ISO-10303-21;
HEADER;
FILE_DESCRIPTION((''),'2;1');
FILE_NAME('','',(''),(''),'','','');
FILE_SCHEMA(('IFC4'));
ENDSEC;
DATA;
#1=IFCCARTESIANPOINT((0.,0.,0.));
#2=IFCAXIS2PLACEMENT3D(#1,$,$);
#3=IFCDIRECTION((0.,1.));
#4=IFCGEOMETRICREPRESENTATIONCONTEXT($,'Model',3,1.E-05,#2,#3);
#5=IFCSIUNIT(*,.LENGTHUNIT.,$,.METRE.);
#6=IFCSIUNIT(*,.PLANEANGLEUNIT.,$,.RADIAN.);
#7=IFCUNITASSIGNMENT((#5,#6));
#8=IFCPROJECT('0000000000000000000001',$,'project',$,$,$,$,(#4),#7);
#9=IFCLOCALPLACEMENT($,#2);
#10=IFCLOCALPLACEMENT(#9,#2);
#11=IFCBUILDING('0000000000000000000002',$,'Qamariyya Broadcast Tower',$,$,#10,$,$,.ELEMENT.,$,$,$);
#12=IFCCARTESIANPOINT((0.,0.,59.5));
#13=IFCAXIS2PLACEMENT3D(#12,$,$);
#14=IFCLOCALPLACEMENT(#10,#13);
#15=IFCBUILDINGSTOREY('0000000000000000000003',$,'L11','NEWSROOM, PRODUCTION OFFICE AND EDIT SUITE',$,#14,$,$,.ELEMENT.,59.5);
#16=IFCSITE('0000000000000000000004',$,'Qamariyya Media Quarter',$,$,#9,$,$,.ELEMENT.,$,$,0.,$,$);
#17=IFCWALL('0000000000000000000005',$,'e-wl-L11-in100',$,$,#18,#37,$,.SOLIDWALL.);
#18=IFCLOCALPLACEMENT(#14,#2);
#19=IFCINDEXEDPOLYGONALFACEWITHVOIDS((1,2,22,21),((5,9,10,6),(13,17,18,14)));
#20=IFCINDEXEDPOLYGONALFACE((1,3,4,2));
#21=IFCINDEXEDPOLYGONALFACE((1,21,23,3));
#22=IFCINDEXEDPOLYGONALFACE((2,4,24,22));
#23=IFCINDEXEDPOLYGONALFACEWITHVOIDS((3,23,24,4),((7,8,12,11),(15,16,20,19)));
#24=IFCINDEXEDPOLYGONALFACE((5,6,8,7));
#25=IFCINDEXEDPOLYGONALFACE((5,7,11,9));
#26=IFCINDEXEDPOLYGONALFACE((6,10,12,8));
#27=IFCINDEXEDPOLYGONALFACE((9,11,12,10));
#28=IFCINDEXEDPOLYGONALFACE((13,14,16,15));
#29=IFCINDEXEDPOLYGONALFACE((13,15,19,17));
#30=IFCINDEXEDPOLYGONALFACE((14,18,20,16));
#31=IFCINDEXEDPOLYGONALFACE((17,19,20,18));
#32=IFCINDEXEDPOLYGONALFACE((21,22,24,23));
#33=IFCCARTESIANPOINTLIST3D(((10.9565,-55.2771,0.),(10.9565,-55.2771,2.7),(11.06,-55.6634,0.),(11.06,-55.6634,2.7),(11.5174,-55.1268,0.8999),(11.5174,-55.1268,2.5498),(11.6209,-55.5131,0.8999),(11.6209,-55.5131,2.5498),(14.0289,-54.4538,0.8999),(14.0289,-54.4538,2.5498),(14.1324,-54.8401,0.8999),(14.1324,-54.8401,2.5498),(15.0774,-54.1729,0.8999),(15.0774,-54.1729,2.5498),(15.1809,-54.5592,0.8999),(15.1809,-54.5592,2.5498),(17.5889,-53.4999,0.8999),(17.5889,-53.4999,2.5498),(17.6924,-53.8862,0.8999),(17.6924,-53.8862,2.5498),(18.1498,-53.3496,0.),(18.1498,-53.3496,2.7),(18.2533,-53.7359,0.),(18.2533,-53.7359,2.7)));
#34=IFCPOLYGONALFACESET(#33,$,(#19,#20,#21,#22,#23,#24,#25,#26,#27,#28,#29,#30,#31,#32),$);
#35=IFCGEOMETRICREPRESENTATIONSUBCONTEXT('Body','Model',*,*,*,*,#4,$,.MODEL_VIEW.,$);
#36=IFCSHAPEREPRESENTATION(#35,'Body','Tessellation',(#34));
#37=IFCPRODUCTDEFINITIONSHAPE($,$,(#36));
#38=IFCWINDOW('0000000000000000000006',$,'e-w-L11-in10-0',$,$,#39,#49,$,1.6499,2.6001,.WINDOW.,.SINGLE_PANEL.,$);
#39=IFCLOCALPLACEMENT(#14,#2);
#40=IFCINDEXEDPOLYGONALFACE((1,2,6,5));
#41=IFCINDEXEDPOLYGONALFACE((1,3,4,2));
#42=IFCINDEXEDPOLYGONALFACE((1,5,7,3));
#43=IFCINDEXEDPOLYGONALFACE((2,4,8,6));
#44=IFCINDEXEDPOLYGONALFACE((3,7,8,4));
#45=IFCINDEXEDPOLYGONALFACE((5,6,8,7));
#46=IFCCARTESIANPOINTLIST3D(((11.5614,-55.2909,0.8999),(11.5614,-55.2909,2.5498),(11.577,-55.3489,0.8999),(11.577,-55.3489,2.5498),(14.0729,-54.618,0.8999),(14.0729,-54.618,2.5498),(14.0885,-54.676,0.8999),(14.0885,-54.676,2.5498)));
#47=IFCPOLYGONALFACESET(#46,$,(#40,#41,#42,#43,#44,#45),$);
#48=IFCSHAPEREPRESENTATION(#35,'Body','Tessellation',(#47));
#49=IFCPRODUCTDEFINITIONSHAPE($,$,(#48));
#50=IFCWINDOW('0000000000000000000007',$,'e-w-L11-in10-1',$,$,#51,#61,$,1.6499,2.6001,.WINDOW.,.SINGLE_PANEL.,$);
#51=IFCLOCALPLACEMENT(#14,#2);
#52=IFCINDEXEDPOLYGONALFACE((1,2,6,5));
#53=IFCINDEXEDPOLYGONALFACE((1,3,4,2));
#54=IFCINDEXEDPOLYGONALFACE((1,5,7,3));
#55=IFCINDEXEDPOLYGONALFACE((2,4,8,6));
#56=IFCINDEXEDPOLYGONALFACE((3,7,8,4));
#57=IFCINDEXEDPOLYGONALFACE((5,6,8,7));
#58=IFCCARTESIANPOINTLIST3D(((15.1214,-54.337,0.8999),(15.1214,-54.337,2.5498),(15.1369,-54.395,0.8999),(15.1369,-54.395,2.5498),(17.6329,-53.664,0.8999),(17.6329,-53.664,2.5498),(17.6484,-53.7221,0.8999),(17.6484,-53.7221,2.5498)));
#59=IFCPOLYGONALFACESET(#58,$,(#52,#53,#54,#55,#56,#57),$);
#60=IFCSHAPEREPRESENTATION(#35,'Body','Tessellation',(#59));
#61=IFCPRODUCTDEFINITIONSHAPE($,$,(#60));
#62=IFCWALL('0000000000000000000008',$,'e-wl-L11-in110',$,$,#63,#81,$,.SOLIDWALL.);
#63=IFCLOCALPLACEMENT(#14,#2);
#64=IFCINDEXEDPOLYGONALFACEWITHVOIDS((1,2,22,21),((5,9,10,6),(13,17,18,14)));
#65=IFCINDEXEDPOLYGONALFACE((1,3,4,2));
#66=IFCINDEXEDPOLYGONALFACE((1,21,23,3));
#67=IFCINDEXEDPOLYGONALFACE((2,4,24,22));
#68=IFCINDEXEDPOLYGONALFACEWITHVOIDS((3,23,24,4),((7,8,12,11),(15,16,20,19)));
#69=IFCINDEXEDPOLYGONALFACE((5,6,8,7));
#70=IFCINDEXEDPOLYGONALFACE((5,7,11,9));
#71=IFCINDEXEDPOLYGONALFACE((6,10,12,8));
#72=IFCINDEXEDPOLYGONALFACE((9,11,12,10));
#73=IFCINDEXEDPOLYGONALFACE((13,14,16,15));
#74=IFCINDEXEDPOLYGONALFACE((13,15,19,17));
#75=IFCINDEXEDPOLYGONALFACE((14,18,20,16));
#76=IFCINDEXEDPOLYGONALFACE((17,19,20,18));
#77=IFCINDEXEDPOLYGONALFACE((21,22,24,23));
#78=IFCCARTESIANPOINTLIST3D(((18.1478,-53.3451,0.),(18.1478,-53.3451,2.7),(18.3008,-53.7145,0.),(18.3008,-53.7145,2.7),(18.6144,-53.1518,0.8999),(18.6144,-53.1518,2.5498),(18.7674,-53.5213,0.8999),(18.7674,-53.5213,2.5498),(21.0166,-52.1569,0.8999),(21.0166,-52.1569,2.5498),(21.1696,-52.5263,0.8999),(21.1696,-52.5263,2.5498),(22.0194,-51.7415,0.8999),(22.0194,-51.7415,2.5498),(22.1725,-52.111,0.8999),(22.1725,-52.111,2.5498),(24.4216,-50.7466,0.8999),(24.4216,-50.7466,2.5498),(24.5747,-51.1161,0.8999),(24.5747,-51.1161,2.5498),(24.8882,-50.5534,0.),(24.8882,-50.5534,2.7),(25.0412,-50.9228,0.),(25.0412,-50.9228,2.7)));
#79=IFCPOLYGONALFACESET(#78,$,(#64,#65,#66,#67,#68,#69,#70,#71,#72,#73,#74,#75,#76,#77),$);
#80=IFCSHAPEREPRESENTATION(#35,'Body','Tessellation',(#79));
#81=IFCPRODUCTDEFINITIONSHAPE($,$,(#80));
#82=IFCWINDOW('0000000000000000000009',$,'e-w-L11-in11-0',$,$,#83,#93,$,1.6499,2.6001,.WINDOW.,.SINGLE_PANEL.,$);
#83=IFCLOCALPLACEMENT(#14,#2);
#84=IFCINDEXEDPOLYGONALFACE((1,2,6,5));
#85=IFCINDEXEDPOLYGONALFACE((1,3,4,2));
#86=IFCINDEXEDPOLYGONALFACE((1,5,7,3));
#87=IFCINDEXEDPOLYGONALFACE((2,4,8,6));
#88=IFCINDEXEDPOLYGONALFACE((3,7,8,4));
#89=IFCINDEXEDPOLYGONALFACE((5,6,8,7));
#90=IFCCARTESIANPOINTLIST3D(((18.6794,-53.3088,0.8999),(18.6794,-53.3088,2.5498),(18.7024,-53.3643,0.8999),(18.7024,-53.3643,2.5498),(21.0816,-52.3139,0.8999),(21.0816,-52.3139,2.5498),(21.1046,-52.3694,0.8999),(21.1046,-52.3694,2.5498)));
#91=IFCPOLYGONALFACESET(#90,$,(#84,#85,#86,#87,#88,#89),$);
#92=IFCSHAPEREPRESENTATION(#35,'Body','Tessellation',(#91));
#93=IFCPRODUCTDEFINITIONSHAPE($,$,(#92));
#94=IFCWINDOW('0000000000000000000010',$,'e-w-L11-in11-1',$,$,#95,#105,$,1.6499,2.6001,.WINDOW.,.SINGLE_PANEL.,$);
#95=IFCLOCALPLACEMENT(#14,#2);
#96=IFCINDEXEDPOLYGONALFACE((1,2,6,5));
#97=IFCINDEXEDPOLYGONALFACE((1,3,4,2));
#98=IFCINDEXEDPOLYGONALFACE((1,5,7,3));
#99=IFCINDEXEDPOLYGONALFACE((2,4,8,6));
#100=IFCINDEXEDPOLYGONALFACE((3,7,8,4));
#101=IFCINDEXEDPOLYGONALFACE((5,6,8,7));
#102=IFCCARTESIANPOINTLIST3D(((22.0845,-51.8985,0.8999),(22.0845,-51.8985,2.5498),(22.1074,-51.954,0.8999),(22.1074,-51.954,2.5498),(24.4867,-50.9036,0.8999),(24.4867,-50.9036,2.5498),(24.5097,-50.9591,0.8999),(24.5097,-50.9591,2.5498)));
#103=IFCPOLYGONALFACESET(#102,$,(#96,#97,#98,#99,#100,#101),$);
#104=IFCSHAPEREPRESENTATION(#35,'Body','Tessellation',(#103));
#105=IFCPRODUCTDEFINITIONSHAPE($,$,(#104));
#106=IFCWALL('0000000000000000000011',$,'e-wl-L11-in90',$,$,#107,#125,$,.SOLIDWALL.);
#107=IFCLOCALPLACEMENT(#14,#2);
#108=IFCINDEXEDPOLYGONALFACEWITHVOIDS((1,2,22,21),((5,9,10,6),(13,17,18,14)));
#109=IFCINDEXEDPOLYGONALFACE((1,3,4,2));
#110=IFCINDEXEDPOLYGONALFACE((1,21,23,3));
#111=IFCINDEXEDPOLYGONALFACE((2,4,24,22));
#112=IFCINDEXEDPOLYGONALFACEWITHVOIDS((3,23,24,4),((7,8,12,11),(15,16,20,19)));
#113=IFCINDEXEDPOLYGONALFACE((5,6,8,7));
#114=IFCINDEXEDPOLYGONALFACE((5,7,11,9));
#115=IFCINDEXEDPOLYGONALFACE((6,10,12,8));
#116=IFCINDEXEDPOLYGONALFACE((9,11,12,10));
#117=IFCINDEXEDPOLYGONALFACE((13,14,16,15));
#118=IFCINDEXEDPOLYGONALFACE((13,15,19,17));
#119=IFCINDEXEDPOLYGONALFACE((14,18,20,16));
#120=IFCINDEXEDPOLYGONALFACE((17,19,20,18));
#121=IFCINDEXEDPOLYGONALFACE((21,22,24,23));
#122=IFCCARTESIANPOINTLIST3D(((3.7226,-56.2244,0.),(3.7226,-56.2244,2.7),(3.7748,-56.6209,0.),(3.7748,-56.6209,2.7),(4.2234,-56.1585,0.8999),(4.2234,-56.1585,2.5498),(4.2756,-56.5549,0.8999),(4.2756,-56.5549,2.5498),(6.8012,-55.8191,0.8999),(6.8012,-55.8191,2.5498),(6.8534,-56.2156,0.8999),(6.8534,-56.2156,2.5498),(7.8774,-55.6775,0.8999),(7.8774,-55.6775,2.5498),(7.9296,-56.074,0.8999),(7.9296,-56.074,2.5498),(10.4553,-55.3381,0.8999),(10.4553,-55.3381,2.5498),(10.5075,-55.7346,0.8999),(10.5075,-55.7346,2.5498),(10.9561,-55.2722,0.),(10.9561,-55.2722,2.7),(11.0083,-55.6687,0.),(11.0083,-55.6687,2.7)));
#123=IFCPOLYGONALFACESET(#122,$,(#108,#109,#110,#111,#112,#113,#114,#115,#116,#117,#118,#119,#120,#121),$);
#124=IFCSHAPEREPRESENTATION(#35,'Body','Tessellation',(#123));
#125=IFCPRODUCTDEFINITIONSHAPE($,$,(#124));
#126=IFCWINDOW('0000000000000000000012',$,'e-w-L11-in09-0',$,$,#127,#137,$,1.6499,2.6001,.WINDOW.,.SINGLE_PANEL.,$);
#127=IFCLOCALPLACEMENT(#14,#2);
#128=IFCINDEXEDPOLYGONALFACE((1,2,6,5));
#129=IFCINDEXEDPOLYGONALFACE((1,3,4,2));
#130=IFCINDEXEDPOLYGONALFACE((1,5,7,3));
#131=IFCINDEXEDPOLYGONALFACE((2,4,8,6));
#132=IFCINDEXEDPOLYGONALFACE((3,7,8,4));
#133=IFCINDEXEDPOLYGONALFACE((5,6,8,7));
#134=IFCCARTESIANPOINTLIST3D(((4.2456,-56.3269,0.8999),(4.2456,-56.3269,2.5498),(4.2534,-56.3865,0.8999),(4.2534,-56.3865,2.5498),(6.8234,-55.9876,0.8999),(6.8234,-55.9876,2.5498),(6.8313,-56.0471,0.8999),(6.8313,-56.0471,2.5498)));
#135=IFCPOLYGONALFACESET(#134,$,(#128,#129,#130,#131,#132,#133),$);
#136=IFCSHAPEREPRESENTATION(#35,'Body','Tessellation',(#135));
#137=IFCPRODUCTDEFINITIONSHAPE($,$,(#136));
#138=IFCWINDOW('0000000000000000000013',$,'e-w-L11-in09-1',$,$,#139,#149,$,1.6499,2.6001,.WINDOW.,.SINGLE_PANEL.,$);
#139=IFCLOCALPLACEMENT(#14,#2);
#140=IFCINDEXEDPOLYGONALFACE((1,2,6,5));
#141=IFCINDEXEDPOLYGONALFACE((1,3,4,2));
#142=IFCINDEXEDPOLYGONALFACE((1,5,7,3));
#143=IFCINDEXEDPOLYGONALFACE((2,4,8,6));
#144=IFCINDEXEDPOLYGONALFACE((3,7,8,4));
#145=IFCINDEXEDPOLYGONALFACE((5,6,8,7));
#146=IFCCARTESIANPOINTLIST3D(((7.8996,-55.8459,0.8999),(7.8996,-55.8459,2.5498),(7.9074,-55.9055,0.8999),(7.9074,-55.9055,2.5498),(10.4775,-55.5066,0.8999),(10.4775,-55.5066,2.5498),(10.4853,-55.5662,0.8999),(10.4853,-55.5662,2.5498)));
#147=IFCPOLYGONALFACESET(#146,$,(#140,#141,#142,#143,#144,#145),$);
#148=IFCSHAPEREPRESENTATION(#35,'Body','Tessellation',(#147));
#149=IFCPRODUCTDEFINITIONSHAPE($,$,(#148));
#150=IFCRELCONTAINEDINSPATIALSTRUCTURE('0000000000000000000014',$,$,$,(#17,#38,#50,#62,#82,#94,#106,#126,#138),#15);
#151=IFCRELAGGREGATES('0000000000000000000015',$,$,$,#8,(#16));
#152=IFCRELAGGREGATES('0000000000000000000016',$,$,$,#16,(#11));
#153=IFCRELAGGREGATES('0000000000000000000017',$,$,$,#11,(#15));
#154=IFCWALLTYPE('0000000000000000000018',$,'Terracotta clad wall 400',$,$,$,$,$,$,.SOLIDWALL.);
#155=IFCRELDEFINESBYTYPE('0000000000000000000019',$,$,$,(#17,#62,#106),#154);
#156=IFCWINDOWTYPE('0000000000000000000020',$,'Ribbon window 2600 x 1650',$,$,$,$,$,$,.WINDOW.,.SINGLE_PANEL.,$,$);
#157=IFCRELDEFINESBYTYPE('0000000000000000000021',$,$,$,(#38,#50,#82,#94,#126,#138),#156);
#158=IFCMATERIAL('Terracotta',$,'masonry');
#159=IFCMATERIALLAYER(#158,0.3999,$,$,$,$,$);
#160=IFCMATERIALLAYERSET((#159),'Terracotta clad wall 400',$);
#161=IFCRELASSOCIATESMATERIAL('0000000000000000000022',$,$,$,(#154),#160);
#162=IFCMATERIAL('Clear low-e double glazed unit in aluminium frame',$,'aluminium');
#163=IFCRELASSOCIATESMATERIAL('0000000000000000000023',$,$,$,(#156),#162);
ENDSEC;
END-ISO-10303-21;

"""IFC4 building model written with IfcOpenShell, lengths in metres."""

from ifc_helpers import new_model, si_unit, direction, frame, frame_2d, origin, place, context, subcontext, project, spatial, rectangle, extrude, material, layer, layer_set, type_object, element, fill, save


model = new_model("IFC4")

# Units and contexts
model_context = context("Model", 3, precision=1e-05, world=origin(), true_north=direction((0.0, 1.0)))
body_context = subcontext(model_context, "Body", "Model", "MODEL_VIEW")
ifc_project = project(units=[si_unit("LENGTHUNIT", "METRE"), si_unit("PLANEANGLEUNIT", "RADIAN")], contexts=[model_context])

# Site, building, storey
site_placement = place(None, origin())
site = spatial("IfcSite", under=ifc_project, at=site_placement, Name="Qamariyya Media Quarter", CompositionType="ELEMENT", RefElevation=0.0)
building_placement = place(site_placement, origin())
building = spatial("IfcBuilding", under=site, at=building_placement, Name="Qamariyya Broadcast Tower", CompositionType="ELEMENT")
storey_placement = place(building_placement, frame((0.0, 0.0, 59.5)))
storey = spatial("IfcBuildingStorey", under=building, at=storey_placement, Name="L11", Description="NEWSROOM, PRODUCTION OFFICE AND EDIT SUITE", CompositionType="ELEMENT", Elevation=59.5)

# Walls, openings, windows
ifc_material_1 = material(Name="Terracotta", Category="masonry")
ifc_layer_1 = layer(ifc_material_1, 0.3999)
ifc_layer_set_1 = layer_set([ifc_layer_1], Name="Terracotta clad wall 400")
wall_type_1 = type_object("IfcWallType", Name="Terracotta clad wall 400", PredefinedType="SOLIDWALL", material=ifc_layer_set_1)
wall_1_placement = place(storey_placement, frame((18.2017, -53.5427, 0.0), z_axis=(0.0, 0.0, 1.0), x_axis=(-0.965925, -0.258823, 0.0)))
wall_1 = element("IfcWall", 1, at=wall_1_placement, inside=storey, type_object=wall_type_1, Name="e-wl-L11-in100", PredefinedType="SOLIDWALL", context=body_context, shape_type="SweptSolid", body=[
    extrude(rectangle(XDim=7.447, YDim=0.3999, at=frame_2d((3.7236, 0.0))), origin(), (0.0, 0.0, 1.0), 2.7),
])
opening_1_placement = place(wall_1_placement, frame((4.2664, 0.0, 0.8999)))
opening_1 = element("IfcOpeningElement", 2, at=opening_1_placement, cuts=wall_1, PredefinedType="OPENING", context=body_context, shape_type="SweptSolid", body=[
    extrude(rectangle(XDim=2.6001, YDim=1.6499, at=frame_2d((1.3, 0.825))), frame((0.0, 0.21, 0.0), z_axis=(0.0, -1.0, 0.0), x_axis=(1.0, 0.0, 0.0)), (0.0, 0.0, 1.0), 0.4199),
])
opening_2_placement = place(wall_1_placement, frame((0.5808, 0.0, 0.8999)))
opening_2 = element("IfcOpeningElement", 3, at=opening_2_placement, cuts=wall_1, PredefinedType="OPENING", context=body_context, shape_type="SweptSolid", body=[
    extrude(rectangle(XDim=2.6001, YDim=1.6499, at=frame_2d((1.3, 0.825))), frame((0.0, 0.21, 0.0), z_axis=(0.0, -1.0, 0.0), x_axis=(1.0, 0.0, 0.0)), (0.0, 0.0, 1.0), 0.4199),
])
ifc_material_2 = material(Name="Clear low-e double glazed unit in aluminium frame", Category="aluminium")
window_type = type_object("IfcWindowType", Name="Ribbon window 2600 x 1650", PartitioningType="SINGLE_PANEL", PredefinedType="WINDOW", material=ifc_material_2)
window_1_placement = place(opening_1_placement, origin())
window_1 = element("IfcWindow", 4, at=window_1_placement, inside=storey, type_object=window_type, Name="e-w-L11-in10-0", OverallHeight=1.6499, OverallWidth=2.6001, PartitioningType="SINGLE_PANEL", PredefinedType="WINDOW", context=body_context, shape_type="SweptSolid", body=[
    extrude(rectangle(XDim=2.6001, YDim=1.6499, at=frame_2d((1.3, 0.825))), frame((0.0, 0.03, 0.0), z_axis=(0.0, -1.0, 0.0), x_axis=(1.0, 0.0, 0.0)), (0.0, 0.0, 1.0), 0.0601),
])
fill(opening_1, window_1)
window_2_placement = place(opening_2_placement, origin())
window_2 = element("IfcWindow", 5, at=window_2_placement, inside=storey, type_object=window_type, Name="e-w-L11-in10-1", OverallHeight=1.6499, OverallWidth=2.6001, PartitioningType="SINGLE_PANEL", PredefinedType="WINDOW", context=body_context, shape_type="SweptSolid", body=[
    extrude(rectangle(XDim=2.6001, YDim=1.6499, at=frame_2d((1.3, 0.825))), frame((0.0, 0.03, 0.0), z_axis=(0.0, -1.0, 0.0), x_axis=(1.0, 0.0, 0.0)), (0.0, 0.0, 1.0), 0.0601),
])
fill(opening_2, window_2)
wall_2_placement = place(storey_placement, frame((24.9648, -50.738, 0.0), z_axis=(0.0, 0.0, 1.0), x_axis=(-0.923892, -0.382654, 0.0)))
wall_2 = element("IfcWall", 6, at=wall_2_placement, inside=storey, type_object=wall_type_1, Name="e-wl-L11-in110", PredefinedType="SOLIDWALL", context=body_context, shape_type="SweptSolid", body=[
    extrude(rectangle(XDim=7.2957, YDim=0.3999, at=frame_2d((3.6479, 0.0))), origin(), (0.0, 0.0, 1.0), 2.7),
])
opening_3_placement = place(wall_2_placement, frame((4.1907, 0.0, 0.8999)))
opening_3 = element("IfcOpeningElement", 7, at=opening_3_placement, cuts=wall_2, PredefinedType="OPENING", context=body_context, shape_type="SweptSolid", body=[
    extrude(rectangle(XDim=2.6001, YDim=1.6499, at=frame_2d((1.3, 0.825))), frame((0.0, 0.21, 0.0), z_axis=(0.0, -1.0, 0.0), x_axis=(1.0, 0.0, 0.0)), (0.0, 0.0, 1.0), 0.4199),
])
opening_4_placement = place(wall_2_placement, frame((0.5051, 0.0, 0.8999)))
opening_4 = element("IfcOpeningElement", 8, at=opening_4_placement, cuts=wall_2, PredefinedType="OPENING", context=body_context, shape_type="SweptSolid", body=[
    extrude(rectangle(XDim=2.6001, YDim=1.6499, at=frame_2d((1.3, 0.825))), frame((0.0, 0.21, 0.0), z_axis=(0.0, -1.0, 0.0), x_axis=(1.0, 0.0, 0.0)), (0.0, 0.0, 1.0), 0.4199),
])
window_3_placement = place(opening_3_placement, origin())
window_3 = element("IfcWindow", 9, at=window_3_placement, inside=storey, type_object=window_type, Name="e-w-L11-in11-0", OverallHeight=1.6499, OverallWidth=2.6001, PartitioningType="SINGLE_PANEL", PredefinedType="WINDOW", context=body_context, shape_type="SweptSolid", body=[
    extrude(rectangle(XDim=2.6001, YDim=1.6499, at=frame_2d((1.3, 0.825))), frame((0.0, 0.03, 0.0), z_axis=(0.0, -1.0, 0.0), x_axis=(1.0, 0.0, 0.0)), (0.0, 0.0, 1.0), 0.0601),
])
fill(opening_3, window_3)
window_4_placement = place(opening_4_placement, origin())
window_4 = element("IfcWindow", 10, at=window_4_placement, inside=storey, type_object=window_type, Name="e-w-L11-in11-1", OverallHeight=1.6499, OverallWidth=2.6001, PartitioningType="SINGLE_PANEL", PredefinedType="WINDOW", context=body_context, shape_type="SweptSolid", body=[
    extrude(rectangle(XDim=2.6001, YDim=1.6499, at=frame_2d((1.3, 0.825))), frame((0.0, 0.03, 0.0), z_axis=(0.0, -1.0, 0.0), x_axis=(1.0, 0.0, 0.0)), (0.0, 0.0, 1.0), 0.0601),
])
fill(opening_4, window_4)
wall_3_placement = place(storey_placement, frame((10.9822, -55.4705, 0.0), z_axis=(0.0, 0.0, 1.0), x_axis=(-0.991447, -0.130506, 0.0)))
wall_3 = element("IfcWall", 11, at=wall_3_placement, inside=storey, type_object=wall_type_1, Name="e-wl-L11-in90", PredefinedType="SOLIDWALL", context=body_context, shape_type="SweptSolid", body=[
    extrude(rectangle(XDim=7.2959, YDim=0.3999, at=frame_2d((3.6479, 0.0))), origin(), (0.0, 0.0, 1.0), 2.7),
])
opening_5_placement = place(wall_3_placement, frame((4.1907, 0.0, 0.8999)))
opening_5 = element("IfcOpeningElement", 12, at=opening_5_placement, cuts=wall_3, PredefinedType="OPENING", context=body_context, shape_type="SweptSolid", body=[
    extrude(rectangle(XDim=2.6001, YDim=1.6499, at=frame_2d((1.3, 0.825))), frame((0.0, 0.21, 0.0), z_axis=(0.0, -1.0, 0.0), x_axis=(1.0, 0.0, 0.0)), (0.0, 0.0, 1.0), 0.4199),
])
opening_6_placement = place(wall_3_placement, frame((0.5051, 0.0, 0.8999)))
opening_6 = element("IfcOpeningElement", 13, at=opening_6_placement, cuts=wall_3, PredefinedType="OPENING", context=body_context, shape_type="SweptSolid", body=[
    extrude(rectangle(XDim=2.6001, YDim=1.6499, at=frame_2d((1.3, 0.825))), frame((0.0, 0.21, 0.0), z_axis=(0.0, -1.0, 0.0), x_axis=(1.0, 0.0, 0.0)), (0.0, 0.0, 1.0), 0.4199),
])
window_5_placement = place(opening_5_placement, origin())
window_5 = element("IfcWindow", 14, at=window_5_placement, inside=storey, type_object=window_type, Name="e-w-L11-in09-0", OverallHeight=1.6499, OverallWidth=2.6001, PartitioningType="SINGLE_PANEL", PredefinedType="WINDOW", context=body_context, shape_type="SweptSolid", body=[
    extrude(rectangle(XDim=2.6001, YDim=1.6499, at=frame_2d((1.3, 0.825))), frame((0.0, 0.03, 0.0), z_axis=(0.0, -1.0, 0.0), x_axis=(1.0, 0.0, 0.0)), (0.0, 0.0, 1.0), 0.0601),
])
fill(opening_5, window_5)
window_6_placement = place(opening_6_placement, origin())
window_6 = element("IfcWindow", 15, at=window_6_placement, inside=storey, type_object=window_type, Name="e-w-L11-in09-1", OverallHeight=1.6499, OverallWidth=2.6001, PartitioningType="SINGLE_PANEL", PredefinedType="WINDOW", context=body_context, shape_type="SweptSolid", body=[
    extrude(rectangle(XDim=2.6001, YDim=1.6499, at=frame_2d((1.3, 0.825))), frame((0.0, 0.03, 0.0), z_axis=(0.0, -1.0, 0.0), x_axis=(1.0, 0.0, 0.0)), (0.0, 0.0, 1.0), 0.0601),
])
fill(opening_6, window_6)

save(model, "model.ifc")
